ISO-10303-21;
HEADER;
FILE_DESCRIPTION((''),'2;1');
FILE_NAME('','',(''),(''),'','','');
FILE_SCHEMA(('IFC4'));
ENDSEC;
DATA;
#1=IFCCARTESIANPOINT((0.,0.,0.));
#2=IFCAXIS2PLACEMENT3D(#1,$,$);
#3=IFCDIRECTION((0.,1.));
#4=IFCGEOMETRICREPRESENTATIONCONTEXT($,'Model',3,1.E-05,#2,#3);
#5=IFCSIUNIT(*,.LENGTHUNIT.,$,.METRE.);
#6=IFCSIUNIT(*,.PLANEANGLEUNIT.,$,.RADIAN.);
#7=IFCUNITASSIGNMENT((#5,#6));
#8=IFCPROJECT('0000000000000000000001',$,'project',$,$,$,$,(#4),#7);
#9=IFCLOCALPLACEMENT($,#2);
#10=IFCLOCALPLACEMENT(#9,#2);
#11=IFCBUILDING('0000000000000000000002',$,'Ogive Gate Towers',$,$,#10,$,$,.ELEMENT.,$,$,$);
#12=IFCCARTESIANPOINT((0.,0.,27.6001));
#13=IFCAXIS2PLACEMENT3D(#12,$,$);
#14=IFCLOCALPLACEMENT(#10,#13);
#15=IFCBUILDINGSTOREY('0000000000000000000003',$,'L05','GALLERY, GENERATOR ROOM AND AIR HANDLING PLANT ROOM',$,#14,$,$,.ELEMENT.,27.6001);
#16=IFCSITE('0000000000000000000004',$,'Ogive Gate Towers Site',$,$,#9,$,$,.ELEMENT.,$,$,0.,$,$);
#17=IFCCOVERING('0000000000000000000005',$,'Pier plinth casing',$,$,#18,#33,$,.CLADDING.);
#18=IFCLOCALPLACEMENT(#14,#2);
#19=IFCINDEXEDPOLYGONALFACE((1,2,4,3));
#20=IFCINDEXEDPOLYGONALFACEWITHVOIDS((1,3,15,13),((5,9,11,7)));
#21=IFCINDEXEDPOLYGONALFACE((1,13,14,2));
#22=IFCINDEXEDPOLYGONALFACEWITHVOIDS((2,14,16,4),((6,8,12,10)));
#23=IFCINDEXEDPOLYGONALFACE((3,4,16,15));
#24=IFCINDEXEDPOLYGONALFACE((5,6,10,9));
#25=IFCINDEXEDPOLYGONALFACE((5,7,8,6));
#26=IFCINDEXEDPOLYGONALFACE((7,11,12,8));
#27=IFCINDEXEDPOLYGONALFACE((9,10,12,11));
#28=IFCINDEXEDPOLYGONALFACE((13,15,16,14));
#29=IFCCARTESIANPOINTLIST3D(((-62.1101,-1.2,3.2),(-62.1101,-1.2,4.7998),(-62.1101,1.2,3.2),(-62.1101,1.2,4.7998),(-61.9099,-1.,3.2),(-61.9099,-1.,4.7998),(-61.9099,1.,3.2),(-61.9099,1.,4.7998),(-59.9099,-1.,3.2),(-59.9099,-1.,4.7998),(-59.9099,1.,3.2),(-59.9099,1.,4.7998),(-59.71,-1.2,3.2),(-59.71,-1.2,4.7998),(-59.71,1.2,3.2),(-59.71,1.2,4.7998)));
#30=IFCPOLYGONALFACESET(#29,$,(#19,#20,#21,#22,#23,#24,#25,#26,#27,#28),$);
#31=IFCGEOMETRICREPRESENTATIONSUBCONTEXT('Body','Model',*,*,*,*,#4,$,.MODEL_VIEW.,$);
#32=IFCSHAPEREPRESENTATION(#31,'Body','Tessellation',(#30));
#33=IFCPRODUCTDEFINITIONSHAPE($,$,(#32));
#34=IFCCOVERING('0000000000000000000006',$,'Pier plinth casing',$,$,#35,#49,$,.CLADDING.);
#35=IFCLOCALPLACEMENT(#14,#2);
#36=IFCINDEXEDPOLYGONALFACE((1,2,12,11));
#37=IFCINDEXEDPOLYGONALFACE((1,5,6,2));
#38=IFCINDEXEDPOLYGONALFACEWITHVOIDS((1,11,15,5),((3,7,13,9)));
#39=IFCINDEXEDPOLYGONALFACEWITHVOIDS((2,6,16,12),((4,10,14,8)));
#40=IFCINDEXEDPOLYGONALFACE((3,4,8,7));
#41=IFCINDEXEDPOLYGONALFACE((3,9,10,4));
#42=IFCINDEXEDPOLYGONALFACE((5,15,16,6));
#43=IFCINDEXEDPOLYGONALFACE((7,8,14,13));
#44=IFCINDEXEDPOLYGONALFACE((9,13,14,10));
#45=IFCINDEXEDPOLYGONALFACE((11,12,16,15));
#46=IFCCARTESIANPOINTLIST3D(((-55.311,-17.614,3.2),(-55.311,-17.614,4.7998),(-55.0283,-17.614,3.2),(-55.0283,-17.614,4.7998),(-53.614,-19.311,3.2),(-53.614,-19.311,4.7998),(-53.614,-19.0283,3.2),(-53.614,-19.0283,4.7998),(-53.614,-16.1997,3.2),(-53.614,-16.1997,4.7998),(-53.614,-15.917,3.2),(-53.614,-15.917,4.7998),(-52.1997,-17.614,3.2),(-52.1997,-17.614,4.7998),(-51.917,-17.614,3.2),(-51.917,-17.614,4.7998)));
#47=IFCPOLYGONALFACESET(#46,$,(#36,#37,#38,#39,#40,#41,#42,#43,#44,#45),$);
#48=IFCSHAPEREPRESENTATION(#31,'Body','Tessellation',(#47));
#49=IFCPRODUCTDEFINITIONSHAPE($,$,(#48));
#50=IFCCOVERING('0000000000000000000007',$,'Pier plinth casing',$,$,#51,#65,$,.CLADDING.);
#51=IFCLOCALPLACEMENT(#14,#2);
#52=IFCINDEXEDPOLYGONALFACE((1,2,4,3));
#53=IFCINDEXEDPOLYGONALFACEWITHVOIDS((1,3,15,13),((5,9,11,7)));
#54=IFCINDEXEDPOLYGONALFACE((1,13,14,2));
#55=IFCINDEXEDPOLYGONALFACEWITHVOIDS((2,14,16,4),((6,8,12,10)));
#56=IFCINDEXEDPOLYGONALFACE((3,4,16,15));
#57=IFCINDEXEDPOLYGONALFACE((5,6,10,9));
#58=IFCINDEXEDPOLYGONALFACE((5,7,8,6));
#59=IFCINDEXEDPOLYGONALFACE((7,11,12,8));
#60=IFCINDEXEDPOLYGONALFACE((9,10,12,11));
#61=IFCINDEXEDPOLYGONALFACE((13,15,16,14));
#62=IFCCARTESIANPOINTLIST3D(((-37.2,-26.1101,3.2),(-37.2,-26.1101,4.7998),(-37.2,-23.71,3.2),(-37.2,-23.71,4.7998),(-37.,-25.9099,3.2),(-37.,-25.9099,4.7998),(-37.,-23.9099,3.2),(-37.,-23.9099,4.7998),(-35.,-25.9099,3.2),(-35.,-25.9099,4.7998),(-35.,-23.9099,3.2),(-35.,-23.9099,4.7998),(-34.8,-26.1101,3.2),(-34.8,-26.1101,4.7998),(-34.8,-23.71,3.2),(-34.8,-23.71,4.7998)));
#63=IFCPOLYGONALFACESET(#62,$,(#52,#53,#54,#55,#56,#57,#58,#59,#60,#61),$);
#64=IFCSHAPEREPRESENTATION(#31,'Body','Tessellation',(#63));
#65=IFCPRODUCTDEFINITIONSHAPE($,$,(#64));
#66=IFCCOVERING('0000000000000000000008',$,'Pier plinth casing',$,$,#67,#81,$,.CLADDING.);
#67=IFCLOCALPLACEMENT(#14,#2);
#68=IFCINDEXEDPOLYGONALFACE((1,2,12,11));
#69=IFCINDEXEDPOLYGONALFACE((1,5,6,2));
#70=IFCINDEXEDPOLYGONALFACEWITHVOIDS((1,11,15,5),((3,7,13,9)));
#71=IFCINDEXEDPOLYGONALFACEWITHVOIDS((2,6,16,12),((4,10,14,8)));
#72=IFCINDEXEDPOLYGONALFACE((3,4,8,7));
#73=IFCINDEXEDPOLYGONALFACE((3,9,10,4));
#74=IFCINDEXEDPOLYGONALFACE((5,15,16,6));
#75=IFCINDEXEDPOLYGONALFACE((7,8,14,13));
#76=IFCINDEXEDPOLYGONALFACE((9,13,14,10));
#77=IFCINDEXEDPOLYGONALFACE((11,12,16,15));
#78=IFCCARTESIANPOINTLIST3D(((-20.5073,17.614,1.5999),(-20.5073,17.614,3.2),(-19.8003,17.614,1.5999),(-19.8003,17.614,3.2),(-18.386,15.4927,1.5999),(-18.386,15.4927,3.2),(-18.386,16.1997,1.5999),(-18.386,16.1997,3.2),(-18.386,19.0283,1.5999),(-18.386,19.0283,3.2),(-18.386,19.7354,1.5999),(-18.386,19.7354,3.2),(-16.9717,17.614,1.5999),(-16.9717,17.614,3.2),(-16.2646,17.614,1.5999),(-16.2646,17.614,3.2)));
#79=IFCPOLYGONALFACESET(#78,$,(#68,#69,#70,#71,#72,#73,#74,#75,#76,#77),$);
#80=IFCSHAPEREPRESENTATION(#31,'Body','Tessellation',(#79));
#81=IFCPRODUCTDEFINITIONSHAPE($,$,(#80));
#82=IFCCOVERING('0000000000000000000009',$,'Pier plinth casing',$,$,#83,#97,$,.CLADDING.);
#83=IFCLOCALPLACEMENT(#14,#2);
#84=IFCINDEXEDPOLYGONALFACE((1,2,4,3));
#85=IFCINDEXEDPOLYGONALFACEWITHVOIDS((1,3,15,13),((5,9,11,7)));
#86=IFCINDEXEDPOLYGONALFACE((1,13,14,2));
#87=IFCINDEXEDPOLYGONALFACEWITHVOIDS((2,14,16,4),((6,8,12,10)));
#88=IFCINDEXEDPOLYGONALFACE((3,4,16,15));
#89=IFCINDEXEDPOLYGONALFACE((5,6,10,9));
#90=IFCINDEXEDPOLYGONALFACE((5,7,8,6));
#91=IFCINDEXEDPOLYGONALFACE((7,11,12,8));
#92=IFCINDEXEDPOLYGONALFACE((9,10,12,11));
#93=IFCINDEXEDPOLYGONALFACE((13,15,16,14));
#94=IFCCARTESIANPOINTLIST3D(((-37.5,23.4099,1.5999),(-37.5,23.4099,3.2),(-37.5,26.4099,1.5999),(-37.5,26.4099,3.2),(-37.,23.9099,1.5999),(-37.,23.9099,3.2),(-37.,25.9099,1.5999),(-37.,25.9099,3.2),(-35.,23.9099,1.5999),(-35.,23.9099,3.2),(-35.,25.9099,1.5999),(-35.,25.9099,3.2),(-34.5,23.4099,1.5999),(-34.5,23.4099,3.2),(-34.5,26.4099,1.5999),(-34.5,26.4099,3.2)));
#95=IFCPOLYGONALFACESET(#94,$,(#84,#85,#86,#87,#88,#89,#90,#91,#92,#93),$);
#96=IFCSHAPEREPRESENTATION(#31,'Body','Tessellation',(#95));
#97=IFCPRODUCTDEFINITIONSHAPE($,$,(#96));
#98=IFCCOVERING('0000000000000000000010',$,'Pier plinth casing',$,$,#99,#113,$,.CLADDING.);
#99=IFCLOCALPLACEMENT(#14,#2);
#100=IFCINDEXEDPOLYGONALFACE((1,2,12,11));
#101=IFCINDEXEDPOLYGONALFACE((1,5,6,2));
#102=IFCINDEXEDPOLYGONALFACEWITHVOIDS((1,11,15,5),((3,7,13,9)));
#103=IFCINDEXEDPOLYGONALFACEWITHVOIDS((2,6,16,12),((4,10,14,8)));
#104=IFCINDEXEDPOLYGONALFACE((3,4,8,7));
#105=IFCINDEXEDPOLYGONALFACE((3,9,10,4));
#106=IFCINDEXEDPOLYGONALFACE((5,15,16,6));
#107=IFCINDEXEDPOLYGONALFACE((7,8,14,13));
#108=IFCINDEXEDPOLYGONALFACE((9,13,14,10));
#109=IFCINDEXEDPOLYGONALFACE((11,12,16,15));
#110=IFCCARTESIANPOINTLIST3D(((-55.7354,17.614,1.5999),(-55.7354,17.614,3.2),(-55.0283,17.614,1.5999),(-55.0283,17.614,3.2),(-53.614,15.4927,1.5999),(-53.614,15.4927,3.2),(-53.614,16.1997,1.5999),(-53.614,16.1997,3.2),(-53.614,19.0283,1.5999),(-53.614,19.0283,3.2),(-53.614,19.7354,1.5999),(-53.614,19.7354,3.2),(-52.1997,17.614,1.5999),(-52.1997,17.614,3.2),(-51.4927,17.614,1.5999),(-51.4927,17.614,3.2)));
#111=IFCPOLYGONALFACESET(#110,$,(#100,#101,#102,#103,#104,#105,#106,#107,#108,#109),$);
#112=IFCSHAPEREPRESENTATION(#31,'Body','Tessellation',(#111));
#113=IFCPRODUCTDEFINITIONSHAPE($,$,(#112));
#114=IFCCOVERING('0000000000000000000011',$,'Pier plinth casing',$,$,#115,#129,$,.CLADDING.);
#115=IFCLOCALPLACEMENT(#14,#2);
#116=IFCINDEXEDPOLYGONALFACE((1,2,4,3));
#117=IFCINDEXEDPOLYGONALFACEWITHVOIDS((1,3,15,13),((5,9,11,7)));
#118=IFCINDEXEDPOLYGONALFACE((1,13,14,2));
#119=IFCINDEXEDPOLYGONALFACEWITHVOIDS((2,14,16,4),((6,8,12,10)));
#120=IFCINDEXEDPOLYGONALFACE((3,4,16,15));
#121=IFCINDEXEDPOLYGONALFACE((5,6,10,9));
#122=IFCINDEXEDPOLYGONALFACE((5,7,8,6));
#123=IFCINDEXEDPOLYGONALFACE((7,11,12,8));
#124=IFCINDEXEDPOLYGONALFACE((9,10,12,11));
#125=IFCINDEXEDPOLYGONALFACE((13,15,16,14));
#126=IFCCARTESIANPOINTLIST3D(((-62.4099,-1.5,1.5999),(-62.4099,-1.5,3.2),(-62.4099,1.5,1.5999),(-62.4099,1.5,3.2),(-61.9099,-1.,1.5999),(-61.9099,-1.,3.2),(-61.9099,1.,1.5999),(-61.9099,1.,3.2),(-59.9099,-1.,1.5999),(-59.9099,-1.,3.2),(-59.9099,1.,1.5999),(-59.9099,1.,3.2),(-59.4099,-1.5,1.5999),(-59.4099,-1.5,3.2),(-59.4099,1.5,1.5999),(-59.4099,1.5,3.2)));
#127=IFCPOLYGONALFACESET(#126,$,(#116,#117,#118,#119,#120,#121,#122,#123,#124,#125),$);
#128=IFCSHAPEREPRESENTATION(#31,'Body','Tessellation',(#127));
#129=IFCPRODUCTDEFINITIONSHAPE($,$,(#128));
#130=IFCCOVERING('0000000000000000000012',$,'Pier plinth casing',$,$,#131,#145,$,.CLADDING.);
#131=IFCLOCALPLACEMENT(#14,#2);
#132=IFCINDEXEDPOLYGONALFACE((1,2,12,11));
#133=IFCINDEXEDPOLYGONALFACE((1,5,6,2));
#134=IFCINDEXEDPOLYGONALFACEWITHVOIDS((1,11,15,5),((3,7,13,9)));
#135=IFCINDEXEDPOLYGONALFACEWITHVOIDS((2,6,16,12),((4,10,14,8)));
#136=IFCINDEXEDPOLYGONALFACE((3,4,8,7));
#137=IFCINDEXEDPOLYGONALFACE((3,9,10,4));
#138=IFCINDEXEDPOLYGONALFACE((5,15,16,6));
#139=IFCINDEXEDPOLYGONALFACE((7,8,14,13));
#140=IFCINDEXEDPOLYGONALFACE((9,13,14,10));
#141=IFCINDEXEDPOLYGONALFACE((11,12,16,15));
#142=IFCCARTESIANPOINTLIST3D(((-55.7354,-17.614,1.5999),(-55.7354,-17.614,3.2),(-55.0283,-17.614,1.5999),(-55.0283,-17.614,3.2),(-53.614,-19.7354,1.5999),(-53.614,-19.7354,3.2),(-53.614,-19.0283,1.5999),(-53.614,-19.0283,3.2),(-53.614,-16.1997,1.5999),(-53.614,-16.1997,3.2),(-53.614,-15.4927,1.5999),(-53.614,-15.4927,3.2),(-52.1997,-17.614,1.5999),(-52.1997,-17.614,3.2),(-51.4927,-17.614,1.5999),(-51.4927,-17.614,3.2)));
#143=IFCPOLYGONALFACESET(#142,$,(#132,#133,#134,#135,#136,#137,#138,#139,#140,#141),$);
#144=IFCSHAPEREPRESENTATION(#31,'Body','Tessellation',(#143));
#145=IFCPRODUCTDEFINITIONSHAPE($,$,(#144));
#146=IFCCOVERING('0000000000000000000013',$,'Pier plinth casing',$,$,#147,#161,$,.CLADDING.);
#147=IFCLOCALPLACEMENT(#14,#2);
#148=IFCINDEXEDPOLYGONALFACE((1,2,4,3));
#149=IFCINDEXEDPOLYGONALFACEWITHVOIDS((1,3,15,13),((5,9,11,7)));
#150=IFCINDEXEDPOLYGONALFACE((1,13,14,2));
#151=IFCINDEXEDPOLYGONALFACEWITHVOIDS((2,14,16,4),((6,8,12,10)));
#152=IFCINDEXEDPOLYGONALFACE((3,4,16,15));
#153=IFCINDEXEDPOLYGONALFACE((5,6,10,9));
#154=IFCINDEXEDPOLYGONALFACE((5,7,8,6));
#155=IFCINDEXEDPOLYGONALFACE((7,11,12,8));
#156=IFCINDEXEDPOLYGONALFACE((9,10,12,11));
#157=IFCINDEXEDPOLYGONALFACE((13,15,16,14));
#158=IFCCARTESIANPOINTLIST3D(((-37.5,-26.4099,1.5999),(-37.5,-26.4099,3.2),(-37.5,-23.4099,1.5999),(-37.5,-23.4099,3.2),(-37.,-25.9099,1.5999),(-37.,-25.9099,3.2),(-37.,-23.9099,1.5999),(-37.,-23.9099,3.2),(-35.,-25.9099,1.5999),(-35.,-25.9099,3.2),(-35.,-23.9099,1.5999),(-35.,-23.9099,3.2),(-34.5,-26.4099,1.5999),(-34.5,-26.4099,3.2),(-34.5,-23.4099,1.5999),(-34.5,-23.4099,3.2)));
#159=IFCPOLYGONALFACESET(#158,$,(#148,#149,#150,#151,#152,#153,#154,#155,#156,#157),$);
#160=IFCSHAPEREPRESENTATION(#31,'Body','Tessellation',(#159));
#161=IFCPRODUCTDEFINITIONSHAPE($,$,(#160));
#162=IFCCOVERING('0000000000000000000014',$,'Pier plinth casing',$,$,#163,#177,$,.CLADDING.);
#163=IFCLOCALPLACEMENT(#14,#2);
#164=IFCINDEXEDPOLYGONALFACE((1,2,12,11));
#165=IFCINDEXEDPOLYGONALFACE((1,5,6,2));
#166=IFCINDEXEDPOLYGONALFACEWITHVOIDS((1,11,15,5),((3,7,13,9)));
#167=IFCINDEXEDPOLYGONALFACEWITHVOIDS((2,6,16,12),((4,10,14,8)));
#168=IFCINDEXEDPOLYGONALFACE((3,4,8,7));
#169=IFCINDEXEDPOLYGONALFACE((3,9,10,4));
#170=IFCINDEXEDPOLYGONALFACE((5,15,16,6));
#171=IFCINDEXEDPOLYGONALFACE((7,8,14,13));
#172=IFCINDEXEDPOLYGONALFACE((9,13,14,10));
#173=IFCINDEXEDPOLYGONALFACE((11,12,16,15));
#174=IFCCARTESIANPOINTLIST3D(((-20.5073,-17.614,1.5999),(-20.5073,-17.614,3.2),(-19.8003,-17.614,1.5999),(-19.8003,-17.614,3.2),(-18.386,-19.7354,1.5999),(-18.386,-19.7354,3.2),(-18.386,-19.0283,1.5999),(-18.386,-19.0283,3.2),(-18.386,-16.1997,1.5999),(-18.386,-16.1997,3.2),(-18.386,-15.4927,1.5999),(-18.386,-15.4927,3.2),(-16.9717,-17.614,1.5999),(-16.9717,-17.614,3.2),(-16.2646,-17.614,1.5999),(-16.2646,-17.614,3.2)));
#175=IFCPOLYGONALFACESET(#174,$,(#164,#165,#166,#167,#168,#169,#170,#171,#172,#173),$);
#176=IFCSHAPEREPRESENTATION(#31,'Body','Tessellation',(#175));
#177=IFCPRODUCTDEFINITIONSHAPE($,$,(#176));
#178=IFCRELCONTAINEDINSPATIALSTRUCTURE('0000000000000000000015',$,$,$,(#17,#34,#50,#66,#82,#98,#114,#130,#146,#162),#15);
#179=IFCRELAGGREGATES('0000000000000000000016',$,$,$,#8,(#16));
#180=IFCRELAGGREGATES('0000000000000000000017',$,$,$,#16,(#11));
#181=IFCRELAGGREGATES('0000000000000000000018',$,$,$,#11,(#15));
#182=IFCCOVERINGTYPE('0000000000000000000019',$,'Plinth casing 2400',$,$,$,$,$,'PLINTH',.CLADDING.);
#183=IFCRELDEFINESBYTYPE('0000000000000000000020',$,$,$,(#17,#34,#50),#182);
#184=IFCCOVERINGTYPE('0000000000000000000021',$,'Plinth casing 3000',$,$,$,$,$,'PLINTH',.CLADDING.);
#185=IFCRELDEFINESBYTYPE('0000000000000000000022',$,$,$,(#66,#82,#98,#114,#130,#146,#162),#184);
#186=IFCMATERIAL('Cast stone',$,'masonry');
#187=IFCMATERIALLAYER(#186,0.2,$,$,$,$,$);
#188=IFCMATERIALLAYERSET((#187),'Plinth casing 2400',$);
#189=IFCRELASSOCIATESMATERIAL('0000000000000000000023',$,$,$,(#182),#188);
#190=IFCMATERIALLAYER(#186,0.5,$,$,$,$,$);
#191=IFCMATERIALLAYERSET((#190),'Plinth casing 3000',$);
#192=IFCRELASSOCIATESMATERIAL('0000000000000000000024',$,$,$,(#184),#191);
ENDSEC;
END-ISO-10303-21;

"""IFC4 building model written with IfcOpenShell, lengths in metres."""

from ifc_helpers import new_model, si_unit, direction, frame, origin, place, context, subcontext, project, spatial, polyline, outline, extrude, material, layer, layer_set, type_object, element, save


model = new_model("IFC4")

# Units and contexts
model_context = context("Model", 3, precision=1e-05, world=origin(), true_north=direction((0.0, 1.0)))
body_context = subcontext(model_context, "Body", "Model", "MODEL_VIEW")
ifc_project = project(units=[si_unit("LENGTHUNIT", "METRE"), si_unit("PLANEANGLEUNIT", "RADIAN")], contexts=[model_context])

# Site, building, storey
site_placement = place(None, origin())
site = spatial("IfcSite", under=ifc_project, at=site_placement, Name="Ogive Gate Towers Site", CompositionType="ELEMENT", RefElevation=0.0)
building_placement = place(site_placement, origin())
building = spatial("IfcBuilding", under=site, at=building_placement, Name="Ogive Gate Towers", CompositionType="ELEMENT")
storey_placement = place(building_placement, frame((0.0, 0.0, 27.6001)))
storey = spatial("IfcBuildingStorey", under=building, at=storey_placement, Name="L05", Description="GALLERY, GENERATOR ROOM AND AIR HANDLING PLANT ROOM", CompositionType="ELEMENT", Elevation=27.6001)

# Coverings
ifc_material_1 = material(Name="Cast stone", Category="masonry")
ifc_layer_1 = layer(ifc_material_1, 0.2)
ifc_layer_set_1 = layer_set([ifc_layer_1], Name="Plinth casing 2400")
covering_type_1 = type_object("IfcCoveringType", Name="Plinth casing 2400", ElementType="PLINTH", PredefinedType="CLADDING", material=ifc_layer_set_1)
covering_1_placement = place(storey_placement, frame((0.0, 0.0, 3.2)))
element("IfcCovering", 1, at=covering_1_placement, inside=storey, type_object=covering_type_1, Name="Pier plinth casing", PredefinedType="CLADDING", context=body_context, shape_type="SweptSolid", body=[
    extrude(outline(polyline([(-59.71, 1.2), (-62.1101, 1.2), (-62.1101, -1.2), (-59.71, -1.2), (-59.71, 1.2)]), holes=[polyline([(-59.9099, 1.0), (-59.9099, -1.0), (-61.9099, -1.0), (-61.9099, 1.0), (-59.9099, 1.0)])]), origin(), (0.0, 0.0, 1.0), 1.5999),
])
covering_2_placement = place(storey_placement, frame((0.0, 0.0, 3.2)))
element("IfcCovering", 2, at=covering_2_placement, inside=storey, type_object=covering_type_1, Name="Pier plinth casing", PredefinedType="CLADDING", context=body_context, shape_type="SweptSolid", body=[
    extrude(outline(polyline([(-53.614, -15.917), (-55.311, -17.614), (-53.614, -19.311), (-51.917, -17.614), (-53.614, -15.917)]), holes=[polyline([(-53.614, -16.1997), (-52.1997, -17.614), (-53.614, -19.0283), (-55.0283, -17.614), (-53.614, -16.1997)])]), origin(), (0.0, 0.0, 1.0), 1.5999),
])
covering_3_placement = place(storey_placement, frame((0.0, 0.0, 3.2)))
element("IfcCovering", 3, at=covering_3_placement, inside=storey, type_object=covering_type_1, Name="Pier plinth casing", PredefinedType="CLADDING", context=body_context, shape_type="SweptSolid", body=[
    extrude(outline(polyline([(-37.2, -23.71), (-37.2, -26.1101), (-34.8, -26.1101), (-34.8, -23.71), (-37.2, -23.71)]), holes=[polyline([(-37.0, -23.9099), (-35.0, -23.9099), (-35.0, -25.9099), (-37.0, -25.9099), (-37.0, -23.9099)])]), origin(), (0.0, 0.0, 1.0), 1.5999),
])
ifc_layer_2 = layer(ifc_material_1, 0.5)
ifc_layer_set_2 = layer_set([ifc_layer_2], Name="Plinth casing 3000")
covering_type_2 = type_object("IfcCoveringType", Name="Plinth casing 3000", ElementType="PLINTH", PredefinedType="CLADDING", material=ifc_layer_set_2)
covering_4_placement = place(storey_placement, frame((0.0, 0.0, 1.5999)))
element("IfcCovering", 4, at=covering_4_placement, inside=storey, type_object=covering_type_2, Name="Pier plinth casing", PredefinedType="CLADDING", context=body_context, shape_type="SweptSolid", body=[
    extrude(outline(polyline([(-18.386, 15.4927), (-16.2646, 17.614), (-18.386, 19.7354), (-20.5073, 17.614), (-18.386, 15.4927)]), holes=[polyline([(-18.386, 16.1997), (-19.8003, 17.614), (-18.386, 19.0283), (-16.9717, 17.614), (-18.386, 16.1997)])]), origin(), (0.0, 0.0, 1.0), 1.6001),
])
covering_5_placement = place(storey_placement, frame((0.0, 0.0, 1.5999)))
element("IfcCovering", 5, at=covering_5_placement, inside=storey, type_object=covering_type_2, Name="Pier plinth casing", PredefinedType="CLADDING", context=body_context, shape_type="SweptSolid", body=[
    extrude(outline(polyline([(-34.5, 23.4099), (-34.5, 26.4099), (-37.5, 26.4099), (-37.5, 23.4099), (-34.5, 23.4099)]), holes=[polyline([(-35.0, 23.9099), (-37.0, 23.9099), (-37.0, 25.9099), (-35.0, 25.9099), (-35.0, 23.9099)])]), origin(), (0.0, 0.0, 1.0), 1.6001),
])
covering_6_placement = place(storey_placement, frame((0.0, 0.0, 1.5999)))
element("IfcCovering", 6, at=covering_6_placement, inside=storey, type_object=covering_type_2, Name="Pier plinth casing", PredefinedType="CLADDING", context=body_context, shape_type="SweptSolid", body=[
    extrude(outline(polyline([(-51.4927, 17.614), (-53.614, 19.7354), (-55.7354, 17.614), (-53.614, 15.4927), (-51.4927, 17.614)]), holes=[polyline([(-52.1997, 17.614), (-53.614, 16.1997), (-55.0283, 17.614), (-53.614, 19.0283), (-52.1997, 17.614)])]), origin(), (0.0, 0.0, 1.0), 1.6001),
])
covering_7_placement = place(storey_placement, frame((0.0, 0.0, 1.5999)))
element("IfcCovering", 7, at=covering_7_placement, inside=storey, type_object=covering_type_2, Name="Pier plinth casing", PredefinedType="CLADDING", context=body_context, shape_type="SweptSolid", body=[
    extrude(outline(polyline([(-59.4099, 1.5), (-62.4099, 1.5), (-62.4099, -1.5), (-59.4099, -1.5), (-59.4099, 1.5)]), holes=[polyline([(-59.9099, 1.0), (-59.9099, -1.0), (-61.9099, -1.0), (-61.9099, 1.0), (-59.9099, 1.0)])]), origin(), (0.0, 0.0, 1.0), 1.6001),
])
covering_8_placement = place(storey_placement, frame((0.0, 0.0, 1.5999)))
element("IfcCovering", 8, at=covering_8_placement, inside=storey, type_object=covering_type_2, Name="Pier plinth casing", PredefinedType="CLADDING", context=body_context, shape_type="SweptSolid", body=[
    extrude(outline(polyline([(-53.614, -15.4927), (-55.7354, -17.614), (-53.614, -19.7354), (-51.4927, -17.614), (-53.614, -15.4927)]), holes=[polyline([(-53.614, -16.1997), (-52.1997, -17.614), (-53.614, -19.0283), (-55.0283, -17.614), (-53.614, -16.1997)])]), origin(), (0.0, 0.0, 1.0), 1.6001),
])
covering_9_placement = place(storey_placement, frame((0.0, 0.0, 1.5999)))
element("IfcCovering", 9, at=covering_9_placement, inside=storey, type_object=covering_type_2, Name="Pier plinth casing", PredefinedType="CLADDING", context=body_context, shape_type="SweptSolid", body=[
    extrude(outline(polyline([(-37.5, -23.4099), (-37.5, -26.4099), (-34.5, -26.4099), (-34.5, -23.4099), (-37.5, -23.4099)]), holes=[polyline([(-37.0, -23.9099), (-35.0, -23.9099), (-35.0, -25.9099), (-37.0, -25.9099), (-37.0, -23.9099)])]), origin(), (0.0, 0.0, 1.0), 1.6001),
])
covering_10_placement = place(storey_placement, frame((0.0, 0.0, 1.5999)))
element("IfcCovering", 10, at=covering_10_placement, inside=storey, type_object=covering_type_2, Name="Pier plinth casing", PredefinedType="CLADDING", context=body_context, shape_type="SweptSolid", body=[
    extrude(outline(polyline([(-20.5073, -17.614), (-18.386, -19.7354), (-16.2646, -17.614), (-18.386, -15.4927), (-20.5073, -17.614)]), holes=[polyline([(-19.8003, -17.614), (-18.386, -16.1997), (-16.9717, -17.614), (-18.386, -19.0283), (-19.8003, -17.614)])]), origin(), (0.0, 0.0, 1.0), 1.6001),
])

save(model, "model.ifc")
